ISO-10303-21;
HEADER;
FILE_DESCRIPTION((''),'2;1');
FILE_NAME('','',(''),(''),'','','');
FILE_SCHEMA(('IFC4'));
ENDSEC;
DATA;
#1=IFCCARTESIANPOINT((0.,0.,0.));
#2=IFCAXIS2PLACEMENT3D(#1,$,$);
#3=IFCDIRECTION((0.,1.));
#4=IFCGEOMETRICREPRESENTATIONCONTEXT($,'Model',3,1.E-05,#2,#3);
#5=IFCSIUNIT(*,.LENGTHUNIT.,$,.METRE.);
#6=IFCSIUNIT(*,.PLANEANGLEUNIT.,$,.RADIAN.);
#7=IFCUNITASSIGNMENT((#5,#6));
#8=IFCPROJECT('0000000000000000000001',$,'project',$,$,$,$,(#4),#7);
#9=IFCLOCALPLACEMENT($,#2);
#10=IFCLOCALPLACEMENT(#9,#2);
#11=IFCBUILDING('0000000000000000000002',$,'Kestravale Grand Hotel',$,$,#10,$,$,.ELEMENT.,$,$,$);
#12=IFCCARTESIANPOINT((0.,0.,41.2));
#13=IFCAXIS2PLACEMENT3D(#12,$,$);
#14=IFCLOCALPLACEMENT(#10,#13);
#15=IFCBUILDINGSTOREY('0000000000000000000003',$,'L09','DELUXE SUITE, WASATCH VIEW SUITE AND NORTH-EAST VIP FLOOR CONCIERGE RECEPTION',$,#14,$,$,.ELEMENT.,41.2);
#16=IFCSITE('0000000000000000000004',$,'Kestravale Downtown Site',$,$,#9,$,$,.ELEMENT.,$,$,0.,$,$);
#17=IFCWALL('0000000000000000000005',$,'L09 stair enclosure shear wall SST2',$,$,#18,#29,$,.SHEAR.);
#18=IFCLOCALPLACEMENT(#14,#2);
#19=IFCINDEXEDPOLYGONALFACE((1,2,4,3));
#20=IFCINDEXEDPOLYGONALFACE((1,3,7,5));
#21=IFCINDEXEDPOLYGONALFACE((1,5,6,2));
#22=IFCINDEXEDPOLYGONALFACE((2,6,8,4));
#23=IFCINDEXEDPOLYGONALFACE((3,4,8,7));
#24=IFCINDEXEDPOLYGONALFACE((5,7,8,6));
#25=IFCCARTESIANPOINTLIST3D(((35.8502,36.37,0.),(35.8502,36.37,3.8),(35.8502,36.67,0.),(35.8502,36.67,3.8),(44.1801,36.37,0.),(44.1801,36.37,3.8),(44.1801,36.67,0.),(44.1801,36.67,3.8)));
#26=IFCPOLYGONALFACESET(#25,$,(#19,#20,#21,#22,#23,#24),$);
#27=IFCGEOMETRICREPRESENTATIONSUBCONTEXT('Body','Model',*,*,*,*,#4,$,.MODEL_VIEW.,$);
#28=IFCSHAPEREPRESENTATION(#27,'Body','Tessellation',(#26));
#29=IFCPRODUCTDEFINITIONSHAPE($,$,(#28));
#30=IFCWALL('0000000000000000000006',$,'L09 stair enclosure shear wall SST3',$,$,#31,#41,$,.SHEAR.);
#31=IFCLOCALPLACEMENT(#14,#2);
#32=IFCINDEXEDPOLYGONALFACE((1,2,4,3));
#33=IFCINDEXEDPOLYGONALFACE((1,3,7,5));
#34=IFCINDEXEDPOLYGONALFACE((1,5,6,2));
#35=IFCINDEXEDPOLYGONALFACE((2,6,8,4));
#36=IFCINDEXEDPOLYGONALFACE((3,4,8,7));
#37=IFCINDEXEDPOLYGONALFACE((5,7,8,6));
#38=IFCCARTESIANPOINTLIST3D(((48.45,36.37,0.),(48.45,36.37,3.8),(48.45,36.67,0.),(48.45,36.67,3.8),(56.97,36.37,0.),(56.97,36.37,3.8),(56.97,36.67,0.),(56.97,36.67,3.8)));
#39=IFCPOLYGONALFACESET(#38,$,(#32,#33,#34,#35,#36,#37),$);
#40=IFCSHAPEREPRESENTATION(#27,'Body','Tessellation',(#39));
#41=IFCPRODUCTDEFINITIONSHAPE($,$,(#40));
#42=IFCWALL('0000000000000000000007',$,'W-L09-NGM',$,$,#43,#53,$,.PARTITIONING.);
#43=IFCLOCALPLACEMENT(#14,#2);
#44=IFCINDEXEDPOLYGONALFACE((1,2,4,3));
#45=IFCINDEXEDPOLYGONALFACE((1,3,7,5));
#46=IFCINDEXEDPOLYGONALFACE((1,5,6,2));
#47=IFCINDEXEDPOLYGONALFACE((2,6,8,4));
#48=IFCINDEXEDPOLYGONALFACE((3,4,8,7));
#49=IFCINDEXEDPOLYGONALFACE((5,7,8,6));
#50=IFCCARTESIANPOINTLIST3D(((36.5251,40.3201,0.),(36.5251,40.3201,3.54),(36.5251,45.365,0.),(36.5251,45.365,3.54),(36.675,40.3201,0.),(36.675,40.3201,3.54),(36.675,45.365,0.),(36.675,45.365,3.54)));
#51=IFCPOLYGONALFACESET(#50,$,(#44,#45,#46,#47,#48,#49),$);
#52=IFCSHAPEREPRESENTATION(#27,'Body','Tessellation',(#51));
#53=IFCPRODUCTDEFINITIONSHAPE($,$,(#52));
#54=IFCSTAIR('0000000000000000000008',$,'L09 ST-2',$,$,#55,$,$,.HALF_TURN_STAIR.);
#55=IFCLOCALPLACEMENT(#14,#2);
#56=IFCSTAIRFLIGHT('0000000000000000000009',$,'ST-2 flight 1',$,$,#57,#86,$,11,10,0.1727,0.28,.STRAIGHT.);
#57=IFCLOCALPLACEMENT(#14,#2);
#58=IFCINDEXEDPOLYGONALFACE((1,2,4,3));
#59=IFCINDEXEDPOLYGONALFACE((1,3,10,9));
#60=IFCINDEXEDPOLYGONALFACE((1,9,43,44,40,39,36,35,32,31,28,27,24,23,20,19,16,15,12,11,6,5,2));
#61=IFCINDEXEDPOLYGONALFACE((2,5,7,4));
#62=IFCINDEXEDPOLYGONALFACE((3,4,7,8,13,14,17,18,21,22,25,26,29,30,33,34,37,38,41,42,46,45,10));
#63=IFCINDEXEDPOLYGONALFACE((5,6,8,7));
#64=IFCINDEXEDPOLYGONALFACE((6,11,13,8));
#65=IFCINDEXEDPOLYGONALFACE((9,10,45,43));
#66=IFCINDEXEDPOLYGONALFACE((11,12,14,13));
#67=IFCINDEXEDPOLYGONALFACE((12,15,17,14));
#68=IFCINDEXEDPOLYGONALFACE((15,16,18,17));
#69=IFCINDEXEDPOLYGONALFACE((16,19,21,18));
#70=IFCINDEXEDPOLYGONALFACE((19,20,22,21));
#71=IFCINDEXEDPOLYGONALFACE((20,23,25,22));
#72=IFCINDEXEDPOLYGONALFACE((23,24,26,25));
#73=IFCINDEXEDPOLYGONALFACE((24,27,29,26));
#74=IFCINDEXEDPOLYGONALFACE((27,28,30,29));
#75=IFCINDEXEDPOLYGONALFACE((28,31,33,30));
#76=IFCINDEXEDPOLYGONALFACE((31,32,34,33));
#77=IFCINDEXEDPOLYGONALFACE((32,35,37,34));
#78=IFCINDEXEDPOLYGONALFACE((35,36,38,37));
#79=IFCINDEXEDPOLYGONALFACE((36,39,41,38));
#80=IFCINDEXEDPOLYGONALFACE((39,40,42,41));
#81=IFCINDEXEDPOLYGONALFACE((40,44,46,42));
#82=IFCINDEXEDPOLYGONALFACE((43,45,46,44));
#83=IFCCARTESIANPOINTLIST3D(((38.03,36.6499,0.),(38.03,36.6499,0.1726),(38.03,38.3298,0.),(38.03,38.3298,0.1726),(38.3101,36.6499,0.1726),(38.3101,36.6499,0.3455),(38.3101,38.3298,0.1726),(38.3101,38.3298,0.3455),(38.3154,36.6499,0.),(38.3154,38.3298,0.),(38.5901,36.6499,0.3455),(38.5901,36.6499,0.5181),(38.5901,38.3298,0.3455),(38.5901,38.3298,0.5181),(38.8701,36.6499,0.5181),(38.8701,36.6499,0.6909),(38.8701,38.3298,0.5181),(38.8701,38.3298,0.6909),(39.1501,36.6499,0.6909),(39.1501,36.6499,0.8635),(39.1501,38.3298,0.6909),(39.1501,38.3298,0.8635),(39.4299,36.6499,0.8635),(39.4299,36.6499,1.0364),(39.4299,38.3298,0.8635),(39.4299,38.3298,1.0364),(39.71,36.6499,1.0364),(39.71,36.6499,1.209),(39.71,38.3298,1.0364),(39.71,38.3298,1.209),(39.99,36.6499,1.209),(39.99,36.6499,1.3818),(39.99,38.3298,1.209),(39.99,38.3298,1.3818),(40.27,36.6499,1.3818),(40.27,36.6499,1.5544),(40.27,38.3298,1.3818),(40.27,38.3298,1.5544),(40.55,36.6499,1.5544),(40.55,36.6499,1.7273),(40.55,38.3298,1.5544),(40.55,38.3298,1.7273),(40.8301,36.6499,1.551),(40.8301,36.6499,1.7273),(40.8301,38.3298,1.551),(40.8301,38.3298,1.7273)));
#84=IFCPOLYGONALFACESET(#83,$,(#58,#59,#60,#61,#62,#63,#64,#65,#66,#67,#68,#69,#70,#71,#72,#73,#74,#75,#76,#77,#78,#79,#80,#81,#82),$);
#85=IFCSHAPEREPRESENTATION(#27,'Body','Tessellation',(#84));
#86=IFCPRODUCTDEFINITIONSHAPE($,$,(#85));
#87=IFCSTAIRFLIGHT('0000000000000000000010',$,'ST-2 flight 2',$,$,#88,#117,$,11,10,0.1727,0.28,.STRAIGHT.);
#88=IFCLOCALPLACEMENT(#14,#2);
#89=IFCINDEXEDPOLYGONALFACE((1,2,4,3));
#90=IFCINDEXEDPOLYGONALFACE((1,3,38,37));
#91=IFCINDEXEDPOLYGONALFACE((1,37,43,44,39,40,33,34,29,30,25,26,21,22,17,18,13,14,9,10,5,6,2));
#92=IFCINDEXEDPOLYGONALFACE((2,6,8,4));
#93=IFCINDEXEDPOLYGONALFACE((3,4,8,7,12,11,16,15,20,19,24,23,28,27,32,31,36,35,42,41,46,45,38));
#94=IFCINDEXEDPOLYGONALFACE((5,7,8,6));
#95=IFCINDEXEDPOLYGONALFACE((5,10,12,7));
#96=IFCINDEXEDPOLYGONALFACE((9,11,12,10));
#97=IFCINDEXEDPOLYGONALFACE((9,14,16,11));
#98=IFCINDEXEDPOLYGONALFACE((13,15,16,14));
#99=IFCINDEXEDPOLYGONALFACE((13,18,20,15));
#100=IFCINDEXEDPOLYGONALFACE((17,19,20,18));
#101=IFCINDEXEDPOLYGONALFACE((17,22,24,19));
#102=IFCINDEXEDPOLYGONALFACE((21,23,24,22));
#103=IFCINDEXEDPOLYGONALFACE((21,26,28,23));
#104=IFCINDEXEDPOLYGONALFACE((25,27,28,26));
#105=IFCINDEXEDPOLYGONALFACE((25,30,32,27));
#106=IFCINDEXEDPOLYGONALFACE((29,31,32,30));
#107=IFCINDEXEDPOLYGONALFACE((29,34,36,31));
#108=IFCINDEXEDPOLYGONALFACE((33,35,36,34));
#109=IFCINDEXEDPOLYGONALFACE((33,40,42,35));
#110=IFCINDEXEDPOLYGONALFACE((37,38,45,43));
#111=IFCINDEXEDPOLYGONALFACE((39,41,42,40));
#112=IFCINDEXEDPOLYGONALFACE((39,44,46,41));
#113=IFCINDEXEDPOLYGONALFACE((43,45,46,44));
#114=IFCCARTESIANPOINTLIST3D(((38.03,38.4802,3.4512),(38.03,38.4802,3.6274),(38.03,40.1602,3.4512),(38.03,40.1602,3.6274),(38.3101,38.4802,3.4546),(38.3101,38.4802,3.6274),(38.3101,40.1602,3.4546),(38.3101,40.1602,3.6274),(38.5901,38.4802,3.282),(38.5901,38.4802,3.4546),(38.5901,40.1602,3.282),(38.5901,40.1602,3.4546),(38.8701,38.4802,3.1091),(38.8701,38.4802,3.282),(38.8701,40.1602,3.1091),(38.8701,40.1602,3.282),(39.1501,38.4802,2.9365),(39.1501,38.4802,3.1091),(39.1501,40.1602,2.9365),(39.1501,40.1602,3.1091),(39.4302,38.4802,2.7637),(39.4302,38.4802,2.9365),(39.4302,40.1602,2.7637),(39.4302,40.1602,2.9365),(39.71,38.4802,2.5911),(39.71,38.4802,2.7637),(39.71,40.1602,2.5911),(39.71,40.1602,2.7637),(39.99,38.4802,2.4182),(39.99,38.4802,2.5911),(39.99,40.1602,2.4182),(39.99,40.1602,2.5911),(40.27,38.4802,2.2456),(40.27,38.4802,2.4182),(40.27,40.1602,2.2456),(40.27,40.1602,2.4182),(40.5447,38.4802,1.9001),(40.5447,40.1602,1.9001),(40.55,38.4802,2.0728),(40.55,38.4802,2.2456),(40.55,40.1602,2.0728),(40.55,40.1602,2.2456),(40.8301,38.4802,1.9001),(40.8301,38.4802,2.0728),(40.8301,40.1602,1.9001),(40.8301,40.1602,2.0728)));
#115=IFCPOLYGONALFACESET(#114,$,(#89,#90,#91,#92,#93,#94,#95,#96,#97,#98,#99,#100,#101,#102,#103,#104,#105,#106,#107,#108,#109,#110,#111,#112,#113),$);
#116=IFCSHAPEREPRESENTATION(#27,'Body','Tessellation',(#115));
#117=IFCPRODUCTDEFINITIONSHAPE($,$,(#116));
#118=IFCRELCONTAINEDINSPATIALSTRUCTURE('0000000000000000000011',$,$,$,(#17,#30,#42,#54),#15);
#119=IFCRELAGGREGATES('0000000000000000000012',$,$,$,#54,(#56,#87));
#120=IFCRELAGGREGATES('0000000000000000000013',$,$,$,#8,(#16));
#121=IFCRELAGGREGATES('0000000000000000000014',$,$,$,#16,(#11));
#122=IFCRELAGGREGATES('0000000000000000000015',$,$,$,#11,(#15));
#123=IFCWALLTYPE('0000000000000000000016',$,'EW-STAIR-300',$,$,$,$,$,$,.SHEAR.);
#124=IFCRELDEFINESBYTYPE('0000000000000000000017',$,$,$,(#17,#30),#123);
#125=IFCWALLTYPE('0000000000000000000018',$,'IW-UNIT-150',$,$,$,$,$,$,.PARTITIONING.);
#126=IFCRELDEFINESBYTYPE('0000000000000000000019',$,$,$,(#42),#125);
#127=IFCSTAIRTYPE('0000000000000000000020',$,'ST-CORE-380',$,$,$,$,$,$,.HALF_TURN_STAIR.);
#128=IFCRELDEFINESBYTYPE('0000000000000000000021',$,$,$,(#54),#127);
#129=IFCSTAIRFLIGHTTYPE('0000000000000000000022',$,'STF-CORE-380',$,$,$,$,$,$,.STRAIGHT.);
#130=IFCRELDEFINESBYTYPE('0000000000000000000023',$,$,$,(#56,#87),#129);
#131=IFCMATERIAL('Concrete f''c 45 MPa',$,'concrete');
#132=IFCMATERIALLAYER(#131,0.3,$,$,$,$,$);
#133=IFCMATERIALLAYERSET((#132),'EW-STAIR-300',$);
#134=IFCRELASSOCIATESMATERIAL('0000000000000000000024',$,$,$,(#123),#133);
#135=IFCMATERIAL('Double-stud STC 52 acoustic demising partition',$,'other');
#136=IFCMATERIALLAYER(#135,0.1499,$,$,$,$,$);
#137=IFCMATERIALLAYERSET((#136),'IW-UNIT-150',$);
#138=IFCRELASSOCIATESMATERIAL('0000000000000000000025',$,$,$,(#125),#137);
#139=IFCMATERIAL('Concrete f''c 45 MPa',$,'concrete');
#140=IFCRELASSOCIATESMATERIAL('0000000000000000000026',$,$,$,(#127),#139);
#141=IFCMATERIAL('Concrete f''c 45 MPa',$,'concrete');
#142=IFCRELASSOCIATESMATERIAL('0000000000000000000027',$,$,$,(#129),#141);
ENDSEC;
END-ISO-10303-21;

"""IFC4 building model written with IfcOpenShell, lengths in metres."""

from ifc_helpers import new_model, si_unit, direction, frame, frame_2d, origin, place, context, subcontext, project, spatial, polyline, rectangle, outline, extrude, material, layer, layer_set, type_object, element, aggregate, save


model = new_model("IFC4")

# Units and contexts
model_context = context("Model", 3, precision=1e-05, world=origin(), true_north=direction((0.0, 1.0)))
body_context = subcontext(model_context, "Body", "Model", "MODEL_VIEW")
ifc_project = project(units=[si_unit("LENGTHUNIT", "METRE"), si_unit("PLANEANGLEUNIT", "RADIAN")], contexts=[model_context])

# Site, building, storey
site_placement = place(None, origin())
site = spatial("IfcSite", under=ifc_project, at=site_placement, Name="Kestravale Downtown Site", CompositionType="ELEMENT", RefElevation=0.0)
building_placement = place(site_placement, origin())
building = spatial("IfcBuilding", under=site, at=building_placement, Name="Kestravale Grand Hotel", CompositionType="ELEMENT")
storey_placement = place(building_placement, frame((0.0, 0.0, 41.2)))
storey = spatial("IfcBuildingStorey", under=building, at=storey_placement, Name="L09", Description="DELUXE SUITE, WASATCH VIEW SUITE AND NORTH-EAST VIP FLOOR CONCIERGE RECEPTION", CompositionType="ELEMENT", Elevation=41.2)

# Walls
ifc_material_1 = material(Name="Concrete f'c 45 MPa", Category="concrete")
ifc_layer_1 = layer(ifc_material_1, 0.3)
ifc_layer_set_1 = layer_set([ifc_layer_1], Name="EW-STAIR-300")
wall_type_1 = type_object("IfcWallType", Name="EW-STAIR-300", PredefinedType="SHEAR", material=ifc_layer_set_1)
wall_1_placement = place(storey_placement, frame((35.8501, 36.52, 0.0), z_axis=(0.0, 0.0, 1.0), x_axis=(1.0, 0.0, 0.0)))
element("IfcWall", 1, at=wall_1_placement, inside=storey, type_object=wall_type_1, Name="L09 stair enclosure shear wall SST2", PredefinedType="SHEAR", context=body_context, shape_type="SweptSolid", body=[
    extrude(rectangle(XDim=8.3298, YDim=0.3, at=frame_2d((4.165, 0.0))), origin(), (0.0, 0.0, 1.0), 3.8),
])
wall_2_placement = place(storey_placement, frame((48.45, 36.52, 0.0), z_axis=(0.0, 0.0, 1.0), x_axis=(1.0, 0.0, 0.0)))
element("IfcWall", 2, at=wall_2_placement, inside=storey, type_object=wall_type_1, Name="L09 stair enclosure shear wall SST3", PredefinedType="SHEAR", context=body_context, shape_type="SweptSolid", body=[
    extrude(rectangle(XDim=8.52, YDim=0.3, at=frame_2d((4.26, 0.0))), origin(), (0.0, 0.0, 1.0), 3.8),
])
ifc_material_2 = material(Name="Double-stud STC 52 acoustic demising partition", Category="other")
ifc_layer_2 = layer(ifc_material_2, 0.1499)
ifc_layer_set_2 = layer_set([ifc_layer_2], Name="IW-UNIT-150")
wall_type_2 = type_object("IfcWallType", Name="IW-UNIT-150", PredefinedType="PARTITIONING", material=ifc_layer_set_2)
wall_3_placement = place(storey_placement, frame((36.6001, 40.3201, 0.0), z_axis=(0.0, 0.0, 1.0), x_axis=(0.0, 1.0, 0.0)))
element("IfcWall", 3, at=wall_3_placement, inside=storey, type_object=wall_type_2, Name="W-L09-NGM", PredefinedType="PARTITIONING", context=body_context, shape_type="SweptSolid", body=[
    extrude(rectangle(XDim=5.0449, YDim=0.1499, at=frame_2d((2.5225, 0.0))), origin(), (0.0, 0.0, 1.0), 3.54),
])

# Stair, stair flights
ifc_material_3 = material(Name="Concrete f'c 45 MPa", Category="concrete")
stair_type = type_object("IfcStairType", Name="ST-CORE-380", PredefinedType="HALF_TURN_STAIR", material=ifc_material_3)
stair_placement = place(storey_placement, origin())
stair = element("IfcStair", 4, at=stair_placement, inside=storey, type_object=stair_type, Name="L09 ST-2", PredefinedType="HALF_TURN_STAIR")
ifc_material_4 = material(Name="Concrete f'c 45 MPa", Category="concrete")
stair_flight_type = type_object("IfcStairFlightType", Name="STF-CORE-380", PredefinedType="STRAIGHT", material=ifc_material_4)
stair_flight_1_placement = place(storey_placement, frame((38.03, 37.49, 0.0), z_axis=(0.0, 0.0, 1.0), x_axis=(1.0, 0.0, 0.0)))
stair_flight_1 = element("IfcStairFlight", 5, at=stair_flight_1_placement, type_object=stair_flight_type, Name="ST-2 flight 1", NumberOfRisers=11, NumberOfTreads=10, PredefinedType="STRAIGHT", RiserHeight=0.1727, TreadLength=0.28, context=body_context, shape_type="SweptSolid", body=[
    extrude(outline(polyline([(0.0, 0.0), (0.0, 0.1726), (0.28, 0.1726), (0.28, 0.3455), (0.5601, 0.3455), (0.5601, 0.5181), (0.8401, 0.5181), (0.8401, 0.6909), (1.1201, 0.6909), (1.1201, 0.8635), (1.3999, 0.8635), (1.3999, 1.0364), (1.6799, 1.0364), (1.6799, 1.209), (1.96, 1.209), (1.96, 1.3818), (2.24, 1.3818), (2.24, 1.5544), (2.52, 1.5544), (2.52, 1.7273), (2.8, 1.7273), (2.8, 1.8999), (2.8, 1.551), (0.2854, 0.0), (0.0, 0.0)])), frame((0.0, 0.8398, 0.0), z_axis=(0.0, -1.0, 0.0), x_axis=(1.0, 0.0, 0.0)), (0.0, 0.0, 1.0), 1.6799),
])
stair_flight_2_placement = place(storey_placement, frame((40.8301, 39.3201, 1.9001), z_axis=(0.0, 0.0, 1.0), x_axis=(-1.0, 0.0, 0.0)))
stair_flight_2 = element("IfcStairFlight", 6, at=stair_flight_2_placement, type_object=stair_flight_type, Name="ST-2 flight 2", NumberOfRisers=11, NumberOfTreads=10, PredefinedType="STRAIGHT", RiserHeight=0.1727, TreadLength=0.28, context=body_context, shape_type="SweptSolid", body=[
    extrude(outline(polyline([(0.0, 0.0), (0.0, 0.1726), (0.28, 0.1726), (0.28, 0.3455), (0.5601, 0.3455), (0.5601, 0.5181), (0.8401, 0.5181), (0.8401, 0.6909), (1.1201, 0.6909), (1.1201, 0.8635), (1.3999, 0.8635), (1.3999, 1.0364), (1.6799, 1.0364), (1.6799, 1.209), (1.96, 1.209), (1.96, 1.3818), (2.24, 1.3818), (2.24, 1.5544), (2.52, 1.5544), (2.52, 1.7273), (2.8, 1.7273), (2.8, 1.8999), (2.8, 1.551), (0.2854, 0.0), (0.0, 0.0)])), frame((0.0, 0.8398, 0.0), z_axis=(0.0, -1.0, 0.0), x_axis=(1.0, 0.0, 0.0)), (0.0, 0.0, 1.0), 1.6799),
])
aggregate(stair, [stair_flight_1, stair_flight_2])

save(model, "model.ifc")
